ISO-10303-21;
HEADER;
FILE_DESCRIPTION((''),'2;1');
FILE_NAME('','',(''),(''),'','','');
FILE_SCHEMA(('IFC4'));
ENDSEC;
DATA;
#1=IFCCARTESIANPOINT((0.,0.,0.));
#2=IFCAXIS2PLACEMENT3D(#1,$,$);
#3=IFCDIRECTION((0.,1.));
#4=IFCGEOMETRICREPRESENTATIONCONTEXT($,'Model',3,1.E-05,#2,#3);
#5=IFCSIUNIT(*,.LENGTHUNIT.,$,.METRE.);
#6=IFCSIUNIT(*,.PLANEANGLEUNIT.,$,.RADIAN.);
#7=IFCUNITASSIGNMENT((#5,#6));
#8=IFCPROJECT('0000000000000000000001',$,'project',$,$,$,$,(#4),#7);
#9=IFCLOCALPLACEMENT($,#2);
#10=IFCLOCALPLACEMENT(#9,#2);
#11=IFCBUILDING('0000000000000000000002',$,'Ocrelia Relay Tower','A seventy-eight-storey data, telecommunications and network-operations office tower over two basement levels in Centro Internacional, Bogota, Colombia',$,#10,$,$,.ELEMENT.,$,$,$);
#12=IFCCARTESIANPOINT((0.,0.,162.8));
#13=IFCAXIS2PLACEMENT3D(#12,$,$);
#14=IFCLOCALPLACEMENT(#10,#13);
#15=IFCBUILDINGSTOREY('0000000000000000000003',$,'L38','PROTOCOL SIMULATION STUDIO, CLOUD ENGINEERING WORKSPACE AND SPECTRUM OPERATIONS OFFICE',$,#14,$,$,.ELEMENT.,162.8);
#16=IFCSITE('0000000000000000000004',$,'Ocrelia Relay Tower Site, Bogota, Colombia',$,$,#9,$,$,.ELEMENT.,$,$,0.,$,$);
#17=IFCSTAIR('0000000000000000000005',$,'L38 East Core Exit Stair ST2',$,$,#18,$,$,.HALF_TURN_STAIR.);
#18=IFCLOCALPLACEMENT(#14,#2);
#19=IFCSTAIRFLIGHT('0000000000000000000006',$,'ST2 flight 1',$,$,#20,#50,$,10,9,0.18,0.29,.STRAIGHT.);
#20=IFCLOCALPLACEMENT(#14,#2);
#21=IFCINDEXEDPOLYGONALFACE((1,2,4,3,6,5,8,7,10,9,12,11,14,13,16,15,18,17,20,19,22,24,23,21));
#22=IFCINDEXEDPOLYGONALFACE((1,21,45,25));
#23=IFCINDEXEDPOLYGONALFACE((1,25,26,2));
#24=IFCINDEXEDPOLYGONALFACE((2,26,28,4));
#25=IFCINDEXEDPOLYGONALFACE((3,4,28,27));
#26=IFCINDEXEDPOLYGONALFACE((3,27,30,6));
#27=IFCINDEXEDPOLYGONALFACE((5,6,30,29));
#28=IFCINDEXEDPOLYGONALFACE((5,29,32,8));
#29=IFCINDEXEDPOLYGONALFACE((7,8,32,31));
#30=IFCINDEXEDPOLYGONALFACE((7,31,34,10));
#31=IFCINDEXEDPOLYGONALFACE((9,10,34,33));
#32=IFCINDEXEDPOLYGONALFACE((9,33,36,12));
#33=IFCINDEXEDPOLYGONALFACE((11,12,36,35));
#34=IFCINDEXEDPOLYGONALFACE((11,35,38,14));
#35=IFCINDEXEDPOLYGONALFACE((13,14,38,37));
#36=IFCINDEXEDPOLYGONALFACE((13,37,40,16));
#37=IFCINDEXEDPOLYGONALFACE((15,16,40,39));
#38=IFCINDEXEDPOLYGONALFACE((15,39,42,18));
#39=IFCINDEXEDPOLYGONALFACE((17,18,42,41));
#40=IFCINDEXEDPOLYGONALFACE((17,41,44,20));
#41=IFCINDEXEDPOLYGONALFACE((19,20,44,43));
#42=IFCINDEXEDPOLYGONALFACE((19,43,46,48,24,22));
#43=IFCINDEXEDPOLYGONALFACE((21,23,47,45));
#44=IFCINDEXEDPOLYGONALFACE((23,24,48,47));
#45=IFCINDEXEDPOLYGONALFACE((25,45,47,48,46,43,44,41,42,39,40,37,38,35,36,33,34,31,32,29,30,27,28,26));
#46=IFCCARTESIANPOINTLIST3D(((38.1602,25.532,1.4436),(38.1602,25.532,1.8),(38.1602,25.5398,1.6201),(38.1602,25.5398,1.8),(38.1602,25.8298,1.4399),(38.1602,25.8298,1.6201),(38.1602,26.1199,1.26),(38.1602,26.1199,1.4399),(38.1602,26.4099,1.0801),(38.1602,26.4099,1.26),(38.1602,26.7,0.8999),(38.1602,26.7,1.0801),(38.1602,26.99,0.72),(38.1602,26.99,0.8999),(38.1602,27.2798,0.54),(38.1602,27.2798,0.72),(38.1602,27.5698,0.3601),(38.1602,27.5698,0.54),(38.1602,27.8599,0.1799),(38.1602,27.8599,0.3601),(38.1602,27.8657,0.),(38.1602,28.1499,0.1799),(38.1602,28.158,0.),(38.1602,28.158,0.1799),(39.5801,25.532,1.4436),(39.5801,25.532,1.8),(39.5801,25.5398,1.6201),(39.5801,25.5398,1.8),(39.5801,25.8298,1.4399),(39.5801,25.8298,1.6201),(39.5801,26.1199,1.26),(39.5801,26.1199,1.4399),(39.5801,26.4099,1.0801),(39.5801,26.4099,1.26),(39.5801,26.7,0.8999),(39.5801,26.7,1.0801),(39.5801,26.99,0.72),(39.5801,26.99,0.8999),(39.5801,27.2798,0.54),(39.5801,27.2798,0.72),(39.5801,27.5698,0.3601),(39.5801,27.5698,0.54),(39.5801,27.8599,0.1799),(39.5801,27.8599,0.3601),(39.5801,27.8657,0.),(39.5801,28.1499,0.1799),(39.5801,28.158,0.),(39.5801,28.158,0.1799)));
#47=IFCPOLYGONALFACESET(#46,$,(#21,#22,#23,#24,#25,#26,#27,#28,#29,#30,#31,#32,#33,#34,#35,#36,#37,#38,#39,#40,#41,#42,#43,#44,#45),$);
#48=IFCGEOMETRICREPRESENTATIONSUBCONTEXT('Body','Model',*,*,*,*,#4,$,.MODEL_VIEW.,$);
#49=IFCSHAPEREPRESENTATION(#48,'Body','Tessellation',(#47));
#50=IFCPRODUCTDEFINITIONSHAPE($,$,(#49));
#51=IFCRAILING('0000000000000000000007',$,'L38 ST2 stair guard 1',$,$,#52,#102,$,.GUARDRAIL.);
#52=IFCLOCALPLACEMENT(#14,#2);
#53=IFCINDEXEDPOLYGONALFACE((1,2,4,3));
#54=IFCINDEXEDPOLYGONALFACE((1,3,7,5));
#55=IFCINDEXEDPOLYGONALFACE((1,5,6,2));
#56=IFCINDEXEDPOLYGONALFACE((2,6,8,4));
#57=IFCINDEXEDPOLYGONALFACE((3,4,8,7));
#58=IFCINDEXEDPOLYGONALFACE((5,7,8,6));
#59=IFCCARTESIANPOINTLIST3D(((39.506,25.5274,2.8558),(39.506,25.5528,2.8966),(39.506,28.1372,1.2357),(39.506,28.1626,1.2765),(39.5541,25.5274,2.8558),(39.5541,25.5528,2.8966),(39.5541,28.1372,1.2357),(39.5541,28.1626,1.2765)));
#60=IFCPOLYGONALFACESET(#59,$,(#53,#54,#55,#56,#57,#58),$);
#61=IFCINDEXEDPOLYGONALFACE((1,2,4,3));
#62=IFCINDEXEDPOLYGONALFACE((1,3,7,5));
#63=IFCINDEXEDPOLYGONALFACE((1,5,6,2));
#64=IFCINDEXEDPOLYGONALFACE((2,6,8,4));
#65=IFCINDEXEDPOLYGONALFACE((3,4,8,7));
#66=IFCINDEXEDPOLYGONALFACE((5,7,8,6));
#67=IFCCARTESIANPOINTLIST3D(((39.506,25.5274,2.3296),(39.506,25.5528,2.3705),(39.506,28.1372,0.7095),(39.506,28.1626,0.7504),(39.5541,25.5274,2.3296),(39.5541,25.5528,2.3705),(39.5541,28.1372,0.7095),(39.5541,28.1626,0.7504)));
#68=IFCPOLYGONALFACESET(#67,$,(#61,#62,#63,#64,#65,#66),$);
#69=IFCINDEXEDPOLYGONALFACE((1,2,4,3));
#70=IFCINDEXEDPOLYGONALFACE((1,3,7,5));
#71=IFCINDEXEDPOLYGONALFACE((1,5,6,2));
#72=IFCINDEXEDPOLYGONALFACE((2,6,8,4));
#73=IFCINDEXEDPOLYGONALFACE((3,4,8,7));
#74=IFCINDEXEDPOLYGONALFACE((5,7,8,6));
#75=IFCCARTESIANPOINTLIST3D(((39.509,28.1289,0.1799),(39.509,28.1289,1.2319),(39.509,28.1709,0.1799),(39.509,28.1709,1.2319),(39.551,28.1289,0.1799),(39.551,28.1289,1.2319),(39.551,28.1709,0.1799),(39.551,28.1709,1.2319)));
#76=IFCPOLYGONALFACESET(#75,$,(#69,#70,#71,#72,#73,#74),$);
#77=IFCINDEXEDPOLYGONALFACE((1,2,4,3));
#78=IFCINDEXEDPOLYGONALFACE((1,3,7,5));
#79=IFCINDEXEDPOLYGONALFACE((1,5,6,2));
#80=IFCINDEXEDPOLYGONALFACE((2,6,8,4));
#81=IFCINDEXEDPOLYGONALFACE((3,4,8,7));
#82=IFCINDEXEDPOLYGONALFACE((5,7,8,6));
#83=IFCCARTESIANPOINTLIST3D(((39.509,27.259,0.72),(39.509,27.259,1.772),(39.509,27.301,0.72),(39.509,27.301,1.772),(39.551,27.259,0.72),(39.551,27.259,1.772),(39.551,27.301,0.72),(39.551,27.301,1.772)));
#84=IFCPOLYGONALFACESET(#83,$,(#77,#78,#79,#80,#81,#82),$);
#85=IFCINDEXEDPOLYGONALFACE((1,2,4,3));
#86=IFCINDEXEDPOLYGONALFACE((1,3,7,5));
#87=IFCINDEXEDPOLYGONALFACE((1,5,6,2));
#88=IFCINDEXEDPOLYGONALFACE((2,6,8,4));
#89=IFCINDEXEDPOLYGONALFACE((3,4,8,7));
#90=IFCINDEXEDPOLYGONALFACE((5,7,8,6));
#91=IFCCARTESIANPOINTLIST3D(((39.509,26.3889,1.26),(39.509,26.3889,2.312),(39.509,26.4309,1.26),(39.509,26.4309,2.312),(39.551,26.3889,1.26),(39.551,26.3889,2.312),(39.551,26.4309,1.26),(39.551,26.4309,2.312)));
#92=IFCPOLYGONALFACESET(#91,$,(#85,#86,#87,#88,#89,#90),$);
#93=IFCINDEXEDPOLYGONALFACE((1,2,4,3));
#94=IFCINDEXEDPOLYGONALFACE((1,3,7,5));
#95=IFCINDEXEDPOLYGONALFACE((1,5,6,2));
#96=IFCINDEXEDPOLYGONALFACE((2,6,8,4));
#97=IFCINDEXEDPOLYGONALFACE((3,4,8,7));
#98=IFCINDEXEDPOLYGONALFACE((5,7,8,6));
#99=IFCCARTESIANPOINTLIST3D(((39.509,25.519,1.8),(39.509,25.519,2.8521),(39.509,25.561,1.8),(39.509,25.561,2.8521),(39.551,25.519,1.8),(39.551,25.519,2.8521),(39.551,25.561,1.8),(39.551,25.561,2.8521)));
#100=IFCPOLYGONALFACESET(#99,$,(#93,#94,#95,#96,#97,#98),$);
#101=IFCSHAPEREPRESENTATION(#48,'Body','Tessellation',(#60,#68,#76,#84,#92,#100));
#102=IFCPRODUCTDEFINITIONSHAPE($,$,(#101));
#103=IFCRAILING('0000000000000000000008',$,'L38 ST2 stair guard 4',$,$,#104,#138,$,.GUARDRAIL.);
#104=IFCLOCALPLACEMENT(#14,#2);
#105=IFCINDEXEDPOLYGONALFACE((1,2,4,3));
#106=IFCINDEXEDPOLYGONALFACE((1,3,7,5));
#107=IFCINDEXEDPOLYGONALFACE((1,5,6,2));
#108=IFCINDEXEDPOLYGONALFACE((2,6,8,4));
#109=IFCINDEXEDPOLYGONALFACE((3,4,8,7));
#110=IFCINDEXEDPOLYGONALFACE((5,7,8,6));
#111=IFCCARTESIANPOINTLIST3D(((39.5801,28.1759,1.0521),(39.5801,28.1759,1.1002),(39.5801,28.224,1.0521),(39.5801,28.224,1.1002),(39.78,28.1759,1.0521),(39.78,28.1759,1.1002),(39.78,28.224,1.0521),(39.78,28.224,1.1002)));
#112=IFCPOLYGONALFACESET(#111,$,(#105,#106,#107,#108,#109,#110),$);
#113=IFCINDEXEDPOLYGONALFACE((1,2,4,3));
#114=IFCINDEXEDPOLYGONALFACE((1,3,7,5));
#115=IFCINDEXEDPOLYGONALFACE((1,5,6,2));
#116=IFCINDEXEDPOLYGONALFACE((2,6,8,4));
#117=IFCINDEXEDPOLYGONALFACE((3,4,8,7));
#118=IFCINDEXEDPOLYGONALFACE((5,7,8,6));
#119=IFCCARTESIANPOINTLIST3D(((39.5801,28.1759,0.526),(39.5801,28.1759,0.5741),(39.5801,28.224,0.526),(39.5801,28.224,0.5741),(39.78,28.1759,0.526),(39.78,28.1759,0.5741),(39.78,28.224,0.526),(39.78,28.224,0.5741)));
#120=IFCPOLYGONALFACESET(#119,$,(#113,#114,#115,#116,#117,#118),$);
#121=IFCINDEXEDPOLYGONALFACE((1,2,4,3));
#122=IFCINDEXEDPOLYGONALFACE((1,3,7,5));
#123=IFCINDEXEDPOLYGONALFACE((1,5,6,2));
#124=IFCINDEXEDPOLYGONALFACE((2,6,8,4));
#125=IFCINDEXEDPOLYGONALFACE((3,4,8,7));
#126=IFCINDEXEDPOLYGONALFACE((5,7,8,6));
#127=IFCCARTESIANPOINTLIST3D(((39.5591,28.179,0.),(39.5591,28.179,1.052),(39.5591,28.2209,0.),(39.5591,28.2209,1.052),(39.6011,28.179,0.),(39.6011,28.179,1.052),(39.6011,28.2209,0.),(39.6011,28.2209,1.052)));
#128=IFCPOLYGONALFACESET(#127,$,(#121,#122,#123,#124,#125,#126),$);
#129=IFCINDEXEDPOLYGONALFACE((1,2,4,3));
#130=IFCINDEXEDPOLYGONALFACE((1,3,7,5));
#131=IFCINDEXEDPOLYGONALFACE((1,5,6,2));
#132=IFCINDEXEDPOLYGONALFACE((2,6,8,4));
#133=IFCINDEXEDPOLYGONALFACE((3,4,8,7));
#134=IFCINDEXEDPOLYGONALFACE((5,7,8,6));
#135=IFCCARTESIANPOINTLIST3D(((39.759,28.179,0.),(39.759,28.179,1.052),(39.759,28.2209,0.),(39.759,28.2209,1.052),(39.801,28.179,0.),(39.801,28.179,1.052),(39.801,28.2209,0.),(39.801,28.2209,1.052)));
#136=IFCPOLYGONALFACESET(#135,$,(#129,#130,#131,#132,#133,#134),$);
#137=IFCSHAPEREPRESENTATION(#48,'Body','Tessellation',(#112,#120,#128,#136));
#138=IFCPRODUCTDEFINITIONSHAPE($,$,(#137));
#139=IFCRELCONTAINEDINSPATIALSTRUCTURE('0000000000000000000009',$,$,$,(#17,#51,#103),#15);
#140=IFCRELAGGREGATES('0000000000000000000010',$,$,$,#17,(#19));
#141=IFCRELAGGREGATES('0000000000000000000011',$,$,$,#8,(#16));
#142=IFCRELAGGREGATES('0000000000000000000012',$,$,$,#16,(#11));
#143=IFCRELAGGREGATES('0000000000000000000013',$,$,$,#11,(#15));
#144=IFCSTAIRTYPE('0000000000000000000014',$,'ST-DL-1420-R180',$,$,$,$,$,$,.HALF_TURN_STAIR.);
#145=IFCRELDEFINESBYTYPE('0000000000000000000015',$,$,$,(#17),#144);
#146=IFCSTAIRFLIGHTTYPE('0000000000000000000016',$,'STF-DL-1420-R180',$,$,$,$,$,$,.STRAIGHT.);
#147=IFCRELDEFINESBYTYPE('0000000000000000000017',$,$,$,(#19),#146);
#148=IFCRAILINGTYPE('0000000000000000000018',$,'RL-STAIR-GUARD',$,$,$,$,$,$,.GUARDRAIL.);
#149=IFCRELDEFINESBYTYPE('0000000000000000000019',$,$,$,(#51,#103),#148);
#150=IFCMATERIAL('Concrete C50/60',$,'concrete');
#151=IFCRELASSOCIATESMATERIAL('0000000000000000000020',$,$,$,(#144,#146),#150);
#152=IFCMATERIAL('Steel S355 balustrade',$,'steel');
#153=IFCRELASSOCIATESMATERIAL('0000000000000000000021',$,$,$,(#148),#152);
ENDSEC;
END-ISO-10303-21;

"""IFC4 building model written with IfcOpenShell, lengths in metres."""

from ifc_helpers import new_model, si_unit, direction, frame, origin, origin_2d, place, context, subcontext, project, spatial, polyline, rectangle, outline, extrude, material, type_object, element, aggregate, save


model = new_model("IFC4")

# Units and contexts
model_context = context("Model", 3, precision=1e-05, world=origin(), true_north=direction((0.0, 1.0)))
body_context = subcontext(model_context, "Body", "Model", "MODEL_VIEW")
ifc_project = project(units=[si_unit("LENGTHUNIT", "METRE"), si_unit("PLANEANGLEUNIT", "RADIAN")], contexts=[model_context])

# Site, building, storey
site_placement = place(None, origin())
site = spatial("IfcSite", under=ifc_project, at=site_placement, Name="Ocrelia Relay Tower Site, Bogota, Colombia", CompositionType="ELEMENT", RefElevation=0.0)
building_placement = place(site_placement, origin())
building = spatial("IfcBuilding", under=site, at=building_placement, Name="Ocrelia Relay Tower", Description="A seventy-eight-storey data, telecommunications and network-operations office tower over two basement levels in Centro Internacional, Bogota, Colombia", CompositionType="ELEMENT")
storey_placement = place(building_placement, frame((0.0, 0.0, 162.8)))
storey = spatial("IfcBuildingStorey", under=building, at=storey_placement, Name="L38", Description="PROTOCOL SIMULATION STUDIO, CLOUD ENGINEERING WORKSPACE AND SPECTRUM OPERATIONS OFFICE", CompositionType="ELEMENT", Elevation=162.8)

# Shared definitions
ifc_material_1 = material(Name="Concrete C50/60", Category="concrete")

# Stair, stair flight
stair_type = type_object("IfcStairType", Name="ST-DL-1420-R180", PredefinedType="HALF_TURN_STAIR", material=ifc_material_1)
stair_placement = place(storey_placement, origin())
stair = element("IfcStair", 1, at=stair_placement, inside=storey, type_object=stair_type, Name="L38 East Core Exit Stair ST2", PredefinedType="HALF_TURN_STAIR")
stair_flight_type = type_object("IfcStairFlightType", Name="STF-DL-1420-R180", PredefinedType="STRAIGHT", material=ifc_material_1)
stair_flight_placement = place(storey_placement, frame((38.8701, 28.1499, 0.0), z_axis=(0.0, 0.0, 1.0), x_axis=(0.0, -1.0, 0.0)))
stair_flight = element("IfcStairFlight", 2, at=stair_flight_placement, type_object=stair_flight_type, Name="ST2 flight 1", NumberOfRisers=10, NumberOfTreads=9, PredefinedType="STRAIGHT", RiserHeight=0.18, TreadLength=0.29, context=body_context, shape_type="SweptSolid", body=[
    extrude(outline(polyline([(-0.0081, 0.0), (-0.0081, 0.1799), (0.0, 0.1799), (0.29, 0.1799), (0.29, 0.3601), (0.5801, 0.3601), (0.5801, 0.54), (0.8701, 0.54), (0.8701, 0.72), (1.1599, 0.72), (1.1599, 0.8999), (1.45, 0.8999), (1.45, 1.0801), (1.74, 1.0801), (1.74, 1.26), (2.03, 1.26), (2.03, 1.4399), (2.3201, 1.4399), (2.3201, 1.6201), (2.6101, 1.6201), (2.6101, 1.8), (2.6179, 1.8), (2.6179, 1.4436), (0.2842, 0.0), (-0.0081, 0.0)])), frame((0.0, 0.71, 0.0), z_axis=(0.0, -1.0, 0.0), x_axis=(1.0, 0.0, 0.0)), (0.0, 0.0, 1.0), 1.4199),
])
aggregate(stair, [stair_flight])

# Railings
ifc_material_2 = material(Name="Steel S355 balustrade", Category="steel")
railing_type = type_object("IfcRailingType", Name="RL-STAIR-GUARD", PredefinedType="GUARDRAIL", material=ifc_material_2)
railing_1_placement = place(storey_placement, frame((39.53, 28.1499, 0.1799)))
element("IfcRailing", 3, at=railing_1_placement, inside=storey, type_object=railing_type, Name="L38 ST2 stair guard 1", PredefinedType="GUARDRAIL", context=body_context, shape_type="SweptSolid", body=[
    extrude(rectangle(XDim=0.0481, YDim=0.0481, at=origin_2d()), frame((0.0, 0.0, 1.0762), z_axis=(0.0, -0.849611, 0.52741), x_axis=(1.0, 0.0, 0.0)), (0.0, 0.0, 1.0), 3.0718),
    extrude(rectangle(XDim=0.0481, YDim=0.0481, at=origin_2d()), frame((0.0, 0.0, 0.55), z_axis=(0.0, -0.849611, 0.52741), x_axis=(1.0, 0.0, 0.0)), (0.0, 0.0, 1.0), 3.0718),
    extrude(rectangle(XDim=0.042, YDim=0.042, at=origin_2d()), origin(), (0.0, 0.0, 1.0), 1.052),
    extrude(rectangle(XDim=0.042, YDim=0.042, at=origin_2d()), frame((0.0, -0.8699, 0.54)), (0.0, 0.0, 1.0), 1.052),
    extrude(rectangle(XDim=0.042, YDim=0.042, at=origin_2d()), frame((0.0, -1.74, 1.0801)), (0.0, 0.0, 1.0), 1.052),
    extrude(rectangle(XDim=0.042, YDim=0.042, at=origin_2d()), frame((0.0, -2.6099, 1.6201)), (0.0, 0.0, 1.0), 1.052),
])
railing_2_placement = place(storey_placement, frame((39.5801, 28.2, 0.0)))
element("IfcRailing", 4, at=railing_2_placement, inside=storey, type_object=railing_type, Name="L38 ST2 stair guard 4", PredefinedType="GUARDRAIL", context=body_context, shape_type="SweptSolid", body=[
    extrude(rectangle(XDim=0.0481, YDim=0.0481, at=origin_2d()), frame((0.0, 0.0, 1.0762), z_axis=(1.0, 0.0, 0.0), x_axis=(0.0, 1.0, 0.0)), (0.0, 0.0, 1.0), 0.2),
    extrude(rectangle(XDim=0.0481, YDim=0.0481, at=origin_2d()), frame((0.0, 0.0, 0.55), z_axis=(1.0, 0.0, 0.0), x_axis=(0.0, 1.0, 0.0)), (0.0, 0.0, 1.0), 0.2),
    extrude(rectangle(XDim=0.042, YDim=0.042, at=origin_2d()), origin(), (0.0, 0.0, 1.0), 1.052),
    extrude(rectangle(XDim=0.042, YDim=0.042, at=origin_2d()), frame((0.2, 0.0, 0.0)), (0.0, 0.0, 1.0), 1.052),
])

save(model, "model.ifc")
